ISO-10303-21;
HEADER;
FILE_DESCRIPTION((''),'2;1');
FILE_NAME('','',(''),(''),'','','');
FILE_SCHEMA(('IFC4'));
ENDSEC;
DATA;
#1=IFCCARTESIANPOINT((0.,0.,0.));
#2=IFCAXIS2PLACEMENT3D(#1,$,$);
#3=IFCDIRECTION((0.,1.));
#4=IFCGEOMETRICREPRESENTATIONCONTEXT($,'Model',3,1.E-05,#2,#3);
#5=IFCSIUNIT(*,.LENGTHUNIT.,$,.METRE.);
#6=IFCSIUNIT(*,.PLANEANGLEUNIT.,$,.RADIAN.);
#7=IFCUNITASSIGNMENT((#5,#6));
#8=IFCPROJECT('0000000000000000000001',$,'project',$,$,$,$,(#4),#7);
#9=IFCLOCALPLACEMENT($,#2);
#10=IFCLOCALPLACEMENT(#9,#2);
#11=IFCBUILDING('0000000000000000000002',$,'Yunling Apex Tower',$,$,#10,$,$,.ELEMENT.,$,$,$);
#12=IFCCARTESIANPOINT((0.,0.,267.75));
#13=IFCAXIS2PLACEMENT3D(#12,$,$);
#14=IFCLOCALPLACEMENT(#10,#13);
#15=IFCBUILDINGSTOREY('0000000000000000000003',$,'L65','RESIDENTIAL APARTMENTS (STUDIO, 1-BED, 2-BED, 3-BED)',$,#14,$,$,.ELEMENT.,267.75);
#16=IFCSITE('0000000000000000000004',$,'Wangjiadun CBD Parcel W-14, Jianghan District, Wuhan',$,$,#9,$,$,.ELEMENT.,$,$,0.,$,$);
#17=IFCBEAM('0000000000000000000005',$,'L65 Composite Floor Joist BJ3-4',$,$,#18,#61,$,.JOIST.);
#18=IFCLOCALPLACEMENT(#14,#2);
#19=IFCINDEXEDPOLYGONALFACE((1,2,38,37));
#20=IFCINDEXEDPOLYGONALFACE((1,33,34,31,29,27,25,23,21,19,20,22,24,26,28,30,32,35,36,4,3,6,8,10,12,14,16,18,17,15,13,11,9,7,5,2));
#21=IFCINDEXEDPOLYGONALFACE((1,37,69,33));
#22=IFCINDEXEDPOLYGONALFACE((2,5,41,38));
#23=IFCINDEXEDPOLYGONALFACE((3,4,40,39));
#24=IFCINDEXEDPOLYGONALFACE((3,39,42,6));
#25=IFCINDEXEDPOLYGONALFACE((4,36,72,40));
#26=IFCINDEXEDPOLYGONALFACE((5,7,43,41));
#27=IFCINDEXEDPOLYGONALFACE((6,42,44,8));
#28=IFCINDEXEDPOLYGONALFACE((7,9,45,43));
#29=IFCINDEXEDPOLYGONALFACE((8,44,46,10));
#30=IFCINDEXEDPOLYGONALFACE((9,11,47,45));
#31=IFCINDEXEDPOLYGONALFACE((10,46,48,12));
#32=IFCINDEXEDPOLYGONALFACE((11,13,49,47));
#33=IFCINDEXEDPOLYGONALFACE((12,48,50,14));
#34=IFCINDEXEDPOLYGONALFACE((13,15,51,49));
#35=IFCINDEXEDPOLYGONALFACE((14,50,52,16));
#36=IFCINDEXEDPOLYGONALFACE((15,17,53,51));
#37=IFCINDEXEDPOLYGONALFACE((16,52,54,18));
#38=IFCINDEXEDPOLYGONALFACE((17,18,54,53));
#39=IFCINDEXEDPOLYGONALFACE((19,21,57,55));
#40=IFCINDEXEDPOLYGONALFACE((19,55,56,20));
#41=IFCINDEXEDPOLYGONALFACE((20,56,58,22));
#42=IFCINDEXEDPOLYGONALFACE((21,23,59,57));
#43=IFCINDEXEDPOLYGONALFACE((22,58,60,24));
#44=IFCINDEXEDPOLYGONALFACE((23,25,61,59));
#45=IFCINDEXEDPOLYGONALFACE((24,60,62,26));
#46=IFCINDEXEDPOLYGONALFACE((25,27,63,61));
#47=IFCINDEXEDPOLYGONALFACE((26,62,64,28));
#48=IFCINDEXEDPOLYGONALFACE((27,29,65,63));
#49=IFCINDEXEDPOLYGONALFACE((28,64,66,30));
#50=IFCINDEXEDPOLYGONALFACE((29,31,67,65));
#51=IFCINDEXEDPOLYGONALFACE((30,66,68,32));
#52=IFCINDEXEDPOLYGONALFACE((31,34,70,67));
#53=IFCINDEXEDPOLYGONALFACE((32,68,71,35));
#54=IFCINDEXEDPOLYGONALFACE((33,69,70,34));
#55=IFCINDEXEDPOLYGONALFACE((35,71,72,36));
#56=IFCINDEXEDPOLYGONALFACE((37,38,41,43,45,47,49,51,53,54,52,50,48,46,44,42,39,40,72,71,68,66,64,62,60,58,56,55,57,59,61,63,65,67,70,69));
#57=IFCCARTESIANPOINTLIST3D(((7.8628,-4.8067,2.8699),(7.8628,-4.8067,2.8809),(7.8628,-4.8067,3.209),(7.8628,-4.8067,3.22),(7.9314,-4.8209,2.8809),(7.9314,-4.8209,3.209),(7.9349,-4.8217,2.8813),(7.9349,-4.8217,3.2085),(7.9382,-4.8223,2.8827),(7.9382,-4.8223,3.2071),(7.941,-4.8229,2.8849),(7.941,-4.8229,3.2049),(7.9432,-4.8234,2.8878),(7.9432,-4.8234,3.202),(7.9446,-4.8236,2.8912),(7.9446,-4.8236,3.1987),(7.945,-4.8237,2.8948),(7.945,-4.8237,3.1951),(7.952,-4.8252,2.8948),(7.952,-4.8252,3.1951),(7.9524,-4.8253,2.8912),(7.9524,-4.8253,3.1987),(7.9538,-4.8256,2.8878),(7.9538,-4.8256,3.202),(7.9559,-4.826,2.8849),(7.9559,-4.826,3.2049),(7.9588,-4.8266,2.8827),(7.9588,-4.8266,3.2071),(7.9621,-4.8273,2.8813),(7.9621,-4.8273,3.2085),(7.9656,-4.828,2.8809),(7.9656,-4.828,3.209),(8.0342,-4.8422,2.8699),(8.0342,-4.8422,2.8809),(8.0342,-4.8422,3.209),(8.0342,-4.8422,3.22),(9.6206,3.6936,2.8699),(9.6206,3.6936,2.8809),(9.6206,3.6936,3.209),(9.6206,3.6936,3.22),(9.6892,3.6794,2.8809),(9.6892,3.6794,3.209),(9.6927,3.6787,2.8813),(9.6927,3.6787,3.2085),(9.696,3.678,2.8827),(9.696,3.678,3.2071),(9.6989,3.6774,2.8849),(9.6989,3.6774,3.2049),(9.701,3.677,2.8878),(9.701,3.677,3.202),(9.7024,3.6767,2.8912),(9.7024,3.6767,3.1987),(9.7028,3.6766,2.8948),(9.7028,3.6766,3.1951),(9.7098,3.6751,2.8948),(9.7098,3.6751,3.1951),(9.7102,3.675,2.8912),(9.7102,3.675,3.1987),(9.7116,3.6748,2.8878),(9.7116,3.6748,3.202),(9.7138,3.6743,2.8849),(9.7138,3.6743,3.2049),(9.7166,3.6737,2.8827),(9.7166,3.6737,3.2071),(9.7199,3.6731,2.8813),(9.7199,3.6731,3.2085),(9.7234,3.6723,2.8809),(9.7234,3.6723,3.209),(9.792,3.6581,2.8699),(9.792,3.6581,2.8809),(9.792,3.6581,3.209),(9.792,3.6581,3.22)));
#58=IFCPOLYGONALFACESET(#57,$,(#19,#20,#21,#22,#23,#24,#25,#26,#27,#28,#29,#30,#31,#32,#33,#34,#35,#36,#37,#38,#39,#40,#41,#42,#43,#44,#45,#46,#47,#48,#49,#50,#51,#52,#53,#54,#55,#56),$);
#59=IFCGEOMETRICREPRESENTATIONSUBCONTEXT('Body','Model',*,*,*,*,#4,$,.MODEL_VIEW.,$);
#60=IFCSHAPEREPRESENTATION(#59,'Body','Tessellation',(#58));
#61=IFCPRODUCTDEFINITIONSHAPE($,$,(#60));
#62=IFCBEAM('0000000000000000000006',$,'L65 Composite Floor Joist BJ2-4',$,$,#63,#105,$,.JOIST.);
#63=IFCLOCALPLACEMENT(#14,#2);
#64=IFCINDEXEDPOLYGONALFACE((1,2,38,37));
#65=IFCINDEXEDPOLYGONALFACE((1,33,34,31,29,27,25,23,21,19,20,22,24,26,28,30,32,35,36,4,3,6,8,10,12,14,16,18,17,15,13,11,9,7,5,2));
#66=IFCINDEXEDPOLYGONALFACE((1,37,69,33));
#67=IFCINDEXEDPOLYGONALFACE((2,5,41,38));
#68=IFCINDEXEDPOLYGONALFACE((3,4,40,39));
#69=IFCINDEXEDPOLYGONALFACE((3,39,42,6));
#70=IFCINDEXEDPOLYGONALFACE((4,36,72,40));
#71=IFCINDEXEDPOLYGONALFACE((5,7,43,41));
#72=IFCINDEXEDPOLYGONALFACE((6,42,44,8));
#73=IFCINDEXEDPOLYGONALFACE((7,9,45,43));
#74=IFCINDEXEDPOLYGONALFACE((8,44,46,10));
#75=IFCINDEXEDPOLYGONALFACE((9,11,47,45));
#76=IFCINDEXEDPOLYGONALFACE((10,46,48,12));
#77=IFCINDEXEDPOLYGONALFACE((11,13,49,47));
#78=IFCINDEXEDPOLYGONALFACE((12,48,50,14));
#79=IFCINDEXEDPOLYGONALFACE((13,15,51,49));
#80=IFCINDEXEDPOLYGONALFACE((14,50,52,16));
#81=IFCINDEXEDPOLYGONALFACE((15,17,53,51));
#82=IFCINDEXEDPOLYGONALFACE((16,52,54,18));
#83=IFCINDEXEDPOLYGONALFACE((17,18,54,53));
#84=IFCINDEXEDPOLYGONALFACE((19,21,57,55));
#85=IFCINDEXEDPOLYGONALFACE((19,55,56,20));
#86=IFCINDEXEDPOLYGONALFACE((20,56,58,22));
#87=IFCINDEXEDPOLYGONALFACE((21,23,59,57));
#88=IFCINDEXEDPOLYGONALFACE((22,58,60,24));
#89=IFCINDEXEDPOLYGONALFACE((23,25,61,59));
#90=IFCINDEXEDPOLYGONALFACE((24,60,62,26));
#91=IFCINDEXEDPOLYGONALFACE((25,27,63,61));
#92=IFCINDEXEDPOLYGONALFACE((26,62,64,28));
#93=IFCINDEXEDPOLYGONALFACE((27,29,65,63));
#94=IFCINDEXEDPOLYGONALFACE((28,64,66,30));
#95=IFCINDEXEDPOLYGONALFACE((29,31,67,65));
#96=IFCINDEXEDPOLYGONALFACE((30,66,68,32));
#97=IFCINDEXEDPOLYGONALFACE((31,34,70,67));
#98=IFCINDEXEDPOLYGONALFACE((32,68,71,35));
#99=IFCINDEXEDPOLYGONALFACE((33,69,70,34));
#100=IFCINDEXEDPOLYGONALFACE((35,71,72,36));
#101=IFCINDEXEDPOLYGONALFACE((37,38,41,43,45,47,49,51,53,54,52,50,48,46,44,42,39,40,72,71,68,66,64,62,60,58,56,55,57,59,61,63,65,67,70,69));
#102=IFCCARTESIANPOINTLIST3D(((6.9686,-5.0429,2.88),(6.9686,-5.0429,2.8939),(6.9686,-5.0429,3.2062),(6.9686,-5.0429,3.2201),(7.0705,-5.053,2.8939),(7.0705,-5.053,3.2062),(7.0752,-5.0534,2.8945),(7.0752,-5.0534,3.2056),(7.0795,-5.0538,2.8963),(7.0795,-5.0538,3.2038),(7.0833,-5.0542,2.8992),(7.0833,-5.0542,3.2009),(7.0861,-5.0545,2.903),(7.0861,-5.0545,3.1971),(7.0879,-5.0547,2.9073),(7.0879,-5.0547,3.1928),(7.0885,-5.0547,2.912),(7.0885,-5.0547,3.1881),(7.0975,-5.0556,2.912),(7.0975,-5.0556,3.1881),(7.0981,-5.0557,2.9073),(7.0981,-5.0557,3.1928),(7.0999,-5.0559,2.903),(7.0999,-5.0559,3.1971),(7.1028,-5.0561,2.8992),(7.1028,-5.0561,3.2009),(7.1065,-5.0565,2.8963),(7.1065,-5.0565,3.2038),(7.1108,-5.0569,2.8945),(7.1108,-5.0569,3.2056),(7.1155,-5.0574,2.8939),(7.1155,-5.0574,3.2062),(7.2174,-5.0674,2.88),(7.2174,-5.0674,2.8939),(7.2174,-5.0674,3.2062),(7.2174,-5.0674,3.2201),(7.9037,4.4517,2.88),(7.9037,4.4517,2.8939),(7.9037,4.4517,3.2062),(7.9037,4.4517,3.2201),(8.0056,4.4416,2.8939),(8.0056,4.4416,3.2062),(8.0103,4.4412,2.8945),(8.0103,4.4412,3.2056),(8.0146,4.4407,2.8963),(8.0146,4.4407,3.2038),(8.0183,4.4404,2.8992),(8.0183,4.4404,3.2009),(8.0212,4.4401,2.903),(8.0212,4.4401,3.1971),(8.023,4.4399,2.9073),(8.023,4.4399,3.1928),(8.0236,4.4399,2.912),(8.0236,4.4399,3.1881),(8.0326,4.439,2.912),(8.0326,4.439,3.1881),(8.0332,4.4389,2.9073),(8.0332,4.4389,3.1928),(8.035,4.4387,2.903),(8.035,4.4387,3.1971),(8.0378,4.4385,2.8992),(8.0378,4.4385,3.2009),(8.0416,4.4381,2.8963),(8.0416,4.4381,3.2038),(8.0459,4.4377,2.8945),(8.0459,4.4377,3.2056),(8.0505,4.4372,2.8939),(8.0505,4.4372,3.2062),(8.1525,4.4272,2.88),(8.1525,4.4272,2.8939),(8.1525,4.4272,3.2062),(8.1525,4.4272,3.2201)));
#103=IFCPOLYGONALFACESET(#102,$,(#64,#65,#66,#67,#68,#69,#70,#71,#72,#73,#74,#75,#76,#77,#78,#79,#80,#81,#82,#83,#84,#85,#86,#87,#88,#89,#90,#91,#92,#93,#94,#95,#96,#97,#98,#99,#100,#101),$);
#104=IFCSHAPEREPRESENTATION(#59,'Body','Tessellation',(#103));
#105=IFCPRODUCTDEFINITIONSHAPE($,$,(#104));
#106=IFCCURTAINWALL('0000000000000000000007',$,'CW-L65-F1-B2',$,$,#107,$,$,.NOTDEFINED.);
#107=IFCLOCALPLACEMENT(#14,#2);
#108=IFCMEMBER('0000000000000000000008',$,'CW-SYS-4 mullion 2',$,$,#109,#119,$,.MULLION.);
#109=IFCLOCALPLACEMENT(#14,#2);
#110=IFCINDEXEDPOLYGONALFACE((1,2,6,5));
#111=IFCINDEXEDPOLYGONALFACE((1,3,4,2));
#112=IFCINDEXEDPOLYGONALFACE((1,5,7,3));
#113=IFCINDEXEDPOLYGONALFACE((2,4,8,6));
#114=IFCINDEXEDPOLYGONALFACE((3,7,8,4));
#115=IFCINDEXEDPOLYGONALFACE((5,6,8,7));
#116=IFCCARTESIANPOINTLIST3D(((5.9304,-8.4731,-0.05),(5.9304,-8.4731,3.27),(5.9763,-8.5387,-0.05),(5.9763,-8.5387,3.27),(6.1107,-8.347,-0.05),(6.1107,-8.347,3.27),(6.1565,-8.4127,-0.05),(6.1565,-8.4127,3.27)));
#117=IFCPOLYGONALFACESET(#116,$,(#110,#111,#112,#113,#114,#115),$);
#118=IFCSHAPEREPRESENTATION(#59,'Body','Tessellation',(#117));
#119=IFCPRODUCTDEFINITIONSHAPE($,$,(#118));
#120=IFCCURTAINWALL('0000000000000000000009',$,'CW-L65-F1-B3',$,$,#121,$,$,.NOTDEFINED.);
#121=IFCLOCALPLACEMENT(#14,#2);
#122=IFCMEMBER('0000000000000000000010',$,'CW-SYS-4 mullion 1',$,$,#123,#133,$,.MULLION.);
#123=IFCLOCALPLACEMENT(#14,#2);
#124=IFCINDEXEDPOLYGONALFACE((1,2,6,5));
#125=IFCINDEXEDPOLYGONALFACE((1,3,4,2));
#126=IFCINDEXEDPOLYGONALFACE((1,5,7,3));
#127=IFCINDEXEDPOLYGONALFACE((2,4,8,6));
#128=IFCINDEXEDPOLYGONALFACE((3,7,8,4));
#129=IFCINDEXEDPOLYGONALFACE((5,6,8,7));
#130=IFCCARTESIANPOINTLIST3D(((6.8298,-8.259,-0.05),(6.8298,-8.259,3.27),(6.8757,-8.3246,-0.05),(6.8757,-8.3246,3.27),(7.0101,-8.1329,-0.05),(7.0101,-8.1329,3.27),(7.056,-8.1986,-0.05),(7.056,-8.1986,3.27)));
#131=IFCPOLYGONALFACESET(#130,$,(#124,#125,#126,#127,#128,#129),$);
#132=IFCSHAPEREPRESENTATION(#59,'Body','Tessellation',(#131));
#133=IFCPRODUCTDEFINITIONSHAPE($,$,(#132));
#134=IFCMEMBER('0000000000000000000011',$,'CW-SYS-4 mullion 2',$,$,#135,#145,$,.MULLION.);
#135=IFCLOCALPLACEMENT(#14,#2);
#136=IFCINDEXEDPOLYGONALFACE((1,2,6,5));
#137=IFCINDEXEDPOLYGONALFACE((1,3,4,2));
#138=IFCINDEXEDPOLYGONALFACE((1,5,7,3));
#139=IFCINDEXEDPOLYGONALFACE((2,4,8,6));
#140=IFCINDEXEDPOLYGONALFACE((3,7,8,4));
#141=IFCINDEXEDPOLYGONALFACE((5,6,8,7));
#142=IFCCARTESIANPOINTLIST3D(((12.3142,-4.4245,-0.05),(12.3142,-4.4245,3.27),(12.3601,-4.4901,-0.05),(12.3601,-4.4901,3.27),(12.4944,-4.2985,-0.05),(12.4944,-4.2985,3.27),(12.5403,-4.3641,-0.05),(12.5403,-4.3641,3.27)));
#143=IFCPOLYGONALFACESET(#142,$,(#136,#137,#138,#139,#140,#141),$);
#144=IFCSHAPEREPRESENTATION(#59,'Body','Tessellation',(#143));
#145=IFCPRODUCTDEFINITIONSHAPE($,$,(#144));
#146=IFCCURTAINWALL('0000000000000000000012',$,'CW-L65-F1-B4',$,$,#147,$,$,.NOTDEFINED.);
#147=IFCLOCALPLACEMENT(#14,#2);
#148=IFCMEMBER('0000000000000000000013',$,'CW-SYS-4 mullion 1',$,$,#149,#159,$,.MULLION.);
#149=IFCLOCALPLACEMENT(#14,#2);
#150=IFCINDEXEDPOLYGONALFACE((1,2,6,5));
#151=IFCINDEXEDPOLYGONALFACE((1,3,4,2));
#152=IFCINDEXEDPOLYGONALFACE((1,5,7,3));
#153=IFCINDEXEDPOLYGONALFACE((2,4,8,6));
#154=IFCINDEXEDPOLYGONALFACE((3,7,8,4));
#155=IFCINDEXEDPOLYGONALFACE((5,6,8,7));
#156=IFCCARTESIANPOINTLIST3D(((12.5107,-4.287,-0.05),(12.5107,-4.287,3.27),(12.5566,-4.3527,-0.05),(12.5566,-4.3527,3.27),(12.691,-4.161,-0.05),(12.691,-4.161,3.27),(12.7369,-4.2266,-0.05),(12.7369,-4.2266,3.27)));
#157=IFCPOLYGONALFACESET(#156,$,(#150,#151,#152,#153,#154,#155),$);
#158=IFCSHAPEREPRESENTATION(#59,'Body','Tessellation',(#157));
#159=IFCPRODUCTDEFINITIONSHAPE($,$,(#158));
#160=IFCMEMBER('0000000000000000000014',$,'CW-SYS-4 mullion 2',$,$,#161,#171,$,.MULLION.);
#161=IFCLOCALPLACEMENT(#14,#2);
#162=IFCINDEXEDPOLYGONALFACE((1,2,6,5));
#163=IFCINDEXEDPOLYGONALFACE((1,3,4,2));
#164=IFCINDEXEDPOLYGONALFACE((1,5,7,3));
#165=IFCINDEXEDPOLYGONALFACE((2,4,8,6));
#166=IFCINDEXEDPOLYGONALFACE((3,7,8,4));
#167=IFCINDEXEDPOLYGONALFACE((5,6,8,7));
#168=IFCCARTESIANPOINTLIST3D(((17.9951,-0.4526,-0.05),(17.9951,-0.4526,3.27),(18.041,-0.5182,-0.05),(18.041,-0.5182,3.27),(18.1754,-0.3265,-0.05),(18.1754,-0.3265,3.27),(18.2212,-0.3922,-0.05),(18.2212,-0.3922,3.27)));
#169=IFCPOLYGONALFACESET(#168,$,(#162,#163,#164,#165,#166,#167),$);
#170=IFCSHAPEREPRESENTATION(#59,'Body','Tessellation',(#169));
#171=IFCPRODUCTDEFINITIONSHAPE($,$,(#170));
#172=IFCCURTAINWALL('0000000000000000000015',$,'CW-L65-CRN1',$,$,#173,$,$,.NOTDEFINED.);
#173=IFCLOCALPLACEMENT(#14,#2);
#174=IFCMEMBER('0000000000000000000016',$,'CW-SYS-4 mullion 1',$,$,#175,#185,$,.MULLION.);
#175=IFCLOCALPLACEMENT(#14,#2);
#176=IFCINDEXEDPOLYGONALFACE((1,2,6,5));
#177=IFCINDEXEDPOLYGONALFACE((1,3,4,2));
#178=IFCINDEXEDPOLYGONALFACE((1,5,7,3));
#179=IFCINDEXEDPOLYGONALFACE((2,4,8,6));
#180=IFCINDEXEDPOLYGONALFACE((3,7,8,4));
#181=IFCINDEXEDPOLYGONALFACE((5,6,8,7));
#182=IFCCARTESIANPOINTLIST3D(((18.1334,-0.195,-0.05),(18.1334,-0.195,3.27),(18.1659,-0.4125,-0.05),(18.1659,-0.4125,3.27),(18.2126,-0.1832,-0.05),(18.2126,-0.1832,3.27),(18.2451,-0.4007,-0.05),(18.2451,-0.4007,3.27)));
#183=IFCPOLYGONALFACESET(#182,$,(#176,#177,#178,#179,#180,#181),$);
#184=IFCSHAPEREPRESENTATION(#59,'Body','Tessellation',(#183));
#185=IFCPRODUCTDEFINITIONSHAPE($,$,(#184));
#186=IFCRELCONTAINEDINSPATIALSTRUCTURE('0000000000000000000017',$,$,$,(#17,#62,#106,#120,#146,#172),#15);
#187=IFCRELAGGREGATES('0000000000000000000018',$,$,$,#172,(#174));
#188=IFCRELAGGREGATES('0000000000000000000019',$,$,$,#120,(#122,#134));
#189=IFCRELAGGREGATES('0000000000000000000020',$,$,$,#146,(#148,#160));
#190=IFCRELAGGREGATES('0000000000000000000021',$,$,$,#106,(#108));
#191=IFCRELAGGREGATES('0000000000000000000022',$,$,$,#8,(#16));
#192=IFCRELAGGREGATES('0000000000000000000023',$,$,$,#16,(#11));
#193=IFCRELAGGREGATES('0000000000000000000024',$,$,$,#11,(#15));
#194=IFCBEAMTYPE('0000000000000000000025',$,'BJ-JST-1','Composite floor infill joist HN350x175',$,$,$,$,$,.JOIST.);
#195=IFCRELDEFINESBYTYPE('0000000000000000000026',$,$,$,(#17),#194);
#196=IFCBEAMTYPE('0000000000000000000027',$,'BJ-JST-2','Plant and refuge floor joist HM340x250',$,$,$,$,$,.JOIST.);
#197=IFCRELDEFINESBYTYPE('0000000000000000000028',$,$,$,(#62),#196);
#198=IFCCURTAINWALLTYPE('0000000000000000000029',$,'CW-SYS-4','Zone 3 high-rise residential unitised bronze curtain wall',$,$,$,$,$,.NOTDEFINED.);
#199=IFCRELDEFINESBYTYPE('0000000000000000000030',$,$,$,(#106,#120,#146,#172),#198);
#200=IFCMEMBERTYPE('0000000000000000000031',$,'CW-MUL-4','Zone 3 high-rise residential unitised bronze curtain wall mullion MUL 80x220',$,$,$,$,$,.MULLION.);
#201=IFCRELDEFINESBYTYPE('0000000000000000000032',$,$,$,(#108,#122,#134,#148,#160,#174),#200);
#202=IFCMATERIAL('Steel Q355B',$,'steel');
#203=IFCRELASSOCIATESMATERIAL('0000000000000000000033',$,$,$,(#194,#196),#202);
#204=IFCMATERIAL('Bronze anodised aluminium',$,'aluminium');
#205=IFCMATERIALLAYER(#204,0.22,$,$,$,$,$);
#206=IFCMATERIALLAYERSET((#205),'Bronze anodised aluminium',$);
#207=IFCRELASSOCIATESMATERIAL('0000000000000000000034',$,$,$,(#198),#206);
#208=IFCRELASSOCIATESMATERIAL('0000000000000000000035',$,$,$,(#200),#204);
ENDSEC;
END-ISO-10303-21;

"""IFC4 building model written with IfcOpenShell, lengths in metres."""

from ifc_helpers import new_model, si_unit, direction, frame, origin, origin_2d, place, context, subcontext, project, spatial, rectangle, i_section, extrude, source, transform, mapped, material, layer, layer_set, material_profile, profile_set, type_object, element, aggregate, save


model = new_model("IFC4")

# Units and contexts
model_context = context("Model", 3, precision=1e-05, world=origin(), true_north=direction((0.0, 1.0)))
body_context = subcontext(model_context, "Body", "Model", "MODEL_VIEW")
ifc_project = project(units=[si_unit("LENGTHUNIT", "METRE"), si_unit("PLANEANGLEUNIT", "RADIAN")], contexts=[model_context])

# Site, building, storey
site_placement = place(None, origin())
site = spatial("IfcSite", under=ifc_project, at=site_placement, Name="Wangjiadun CBD Parcel W-14, Jianghan District, Wuhan", CompositionType="ELEMENT", RefElevation=0.0)
building_placement = place(site_placement, origin())
building = spatial("IfcBuilding", under=site, at=building_placement, Name="Yunling Apex Tower", CompositionType="ELEMENT")
storey_placement = place(building_placement, frame((0.0, 0.0, 267.75)))
storey = spatial("IfcBuildingStorey", under=building, at=storey_placement, Name="L65", Description="RESIDENTIAL APARTMENTS (STUDIO, 1-BED, 2-BED, 3-BED)", CompositionType="ELEMENT", Elevation=267.75)

# Shared definitions
ifc_material_1 = material(Name="Steel Q355B", Category="steel")

# Beams
ifc_material_profile_1 = material_profile(ifc_material_1, i_section(OverallWidth=0.175, OverallDepth=0.3501, WebThickness=0.0071, FlangeThickness=0.011, FilletRadius=0.0139, at=origin_2d()))
ifc_profile_set_1 = profile_set([ifc_material_profile_1], Name="Steel Q355B")
beam_type_1 = type_object("IfcBeamType", Name="BJ-JST-1", Description="Composite floor infill joist HN350x175", PredefinedType="JOIST", material=ifc_profile_set_1)
shared_shape_1 = source(origin(), body_context, "Body", "SweptSolid", [
    extrude(i_section(OverallWidth=0.175, OverallDepth=0.3501, WebThickness=0.0071, FlangeThickness=0.011, FilletRadius=0.0139, at=origin_2d()), origin(), (0.0, 0.0, 1.0), 8.6802),
])
beam_1_placement = place(storey_placement, frame((7.9485, -4.8245, 3.0449), z_axis=(0.202511, 0.97928, 0.0), x_axis=(-0.97928, 0.202511, 0.0)))
element("IfcBeam", 1, at=beam_1_placement, inside=storey, type_object=beam_type_1, Name="L65 Composite Floor Joist BJ3-4", PredefinedType="JOIST", context=body_context, shape_type="MappedRepresentation", body=[
    mapped(shared_shape_1, transform((0.0, 0.0, 0.0), scale=1.0)),
])
ifc_material_profile_2 = material_profile(ifc_material_1, i_section(OverallWidth=0.25, OverallDepth=0.3401, WebThickness=0.009, FlangeThickness=0.0139, FilletRadius=0.0181, at=origin_2d()))
ifc_profile_set_2 = profile_set([ifc_material_profile_2], Name="Steel Q355B")
beam_type_2 = type_object("IfcBeamType", Name="BJ-JST-2", Description="Plant and refuge floor joist HM340x250", PredefinedType="JOIST", material=ifc_profile_set_2)
shared_shape_2 = source(origin(), body_context, "Body", "SweptSolid", [
    extrude(i_section(OverallWidth=0.25, OverallDepth=0.3401, WebThickness=0.009, FlangeThickness=0.0139, FilletRadius=0.0181, at=origin_2d()), origin(), (0.0, 0.0, 1.0), 9.5405),
])
beam_2_placement = place(storey_placement, frame((7.093, -5.0552, 3.05), z_axis=(0.098009, 0.995186, 0.0), x_axis=(-0.995186, 0.098009, 0.0)))
element("IfcBeam", 2, at=beam_2_placement, inside=storey, type_object=beam_type_2, Name="L65 Composite Floor Joist BJ2-4", PredefinedType="JOIST", context=body_context, shape_type="MappedRepresentation", body=[
    mapped(shared_shape_2, transform((0.0, 0.0, 0.0), scale=1.0)),
])

# Curtain wall, member
ifc_material_2 = material(Name="Bronze anodised aluminium", Category="aluminium")
ifc_layer_1 = layer(ifc_material_2, 0.22)
ifc_layer_set_1 = layer_set([ifc_layer_1], Name="Bronze anodised aluminium")
curtain_wall_type = type_object("IfcCurtainWallType", Name="CW-SYS-4", Description="Zone 3 high-rise residential unitised bronze curtain wall", PredefinedType="NOTDEFINED", material=ifc_layer_set_1)
curtain_wall_1_placement = place(storey_placement, origin())
curtain_wall_1 = element("IfcCurtainWall", 3, at=curtain_wall_1_placement, inside=storey, type_object=curtain_wall_type, Name="CW-L65-F1-B2", PredefinedType="NOTDEFINED")
ifc_material_profile_3 = material_profile(ifc_material_2, rectangle(XDim=0.0801, YDim=0.22, at=origin_2d()))
ifc_profile_set_3 = profile_set([ifc_material_profile_3], Name="Bronze anodised aluminium")
member_type_1 = type_object("IfcMemberType", Name="CW-MUL-4", Description="Zone 3 high-rise residential unitised bronze curtain wall mullion MUL 80x220", PredefinedType="MULLION", material=ifc_profile_set_3)
shared_shape_3 = source(origin(), body_context, "Body", "SweptSolid", [
    extrude(rectangle(XDim=0.0801, YDim=0.22, at=origin_2d()), origin(), (0.0, 0.0, 1.0), 3.3201),
])
member_1_placement = place(storey_placement, frame((6.0435, -8.4429, -0.05), z_axis=(0.0, 0.0, 1.0), x_axis=(-0.572999, 0.819556, 0.0)))
member_1 = element("IfcMember", 4, at=member_1_placement, type_object=member_type_1, Name="CW-SYS-4 mullion 2", PredefinedType="MULLION", context=body_context, shape_type="MappedRepresentation", body=[
    mapped(shared_shape_3, transform((0.0, 0.0, 0.0), scale=1.0)),
])

# Curtain walls, members
curtain_wall_2_placement = place(storey_placement, origin())
curtain_wall_2 = element("IfcCurtainWall", 5, at=curtain_wall_2_placement, inside=storey, type_object=curtain_wall_type, Name="CW-L65-F1-B3", PredefinedType="NOTDEFINED")
member_2_placement = place(storey_placement, frame((6.9429, -8.2288, -0.05), z_axis=(0.0, 0.0, 1.0), x_axis=(-0.57301, 0.819548, 0.0)))
member_2 = element("IfcMember", 6, at=member_2_placement, type_object=member_type_1, Name="CW-SYS-4 mullion 1", PredefinedType="MULLION", context=body_context, shape_type="MappedRepresentation", body=[
    mapped(shared_shape_3, transform((0.0, 0.0, 0.0), scale=1.0)),
])
member_3_placement = place(storey_placement, frame((12.4272, -4.3943, -0.05), z_axis=(0.0, 0.0, 1.0), x_axis=(-0.57301, 0.819548, 0.0)))
member_3 = element("IfcMember", 7, at=member_3_placement, type_object=member_type_1, Name="CW-SYS-4 mullion 2", PredefinedType="MULLION", context=body_context, shape_type="MappedRepresentation", body=[
    mapped(shared_shape_3, transform((0.0, 0.0, 0.0), scale=1.0)),
])
curtain_wall_3_placement = place(storey_placement, origin())
curtain_wall_3 = element("IfcCurtainWall", 8, at=curtain_wall_3_placement, inside=storey, type_object=curtain_wall_type, Name="CW-L65-F1-B4", PredefinedType="NOTDEFINED")
member_4_placement = place(storey_placement, frame((12.6238, -4.2568, -0.05), z_axis=(0.0, 0.0, 1.0), x_axis=(-0.573, 0.819555, 0.0)))
member_4 = element("IfcMember", 9, at=member_4_placement, type_object=member_type_1, Name="CW-SYS-4 mullion 1", PredefinedType="MULLION", context=body_context, shape_type="MappedRepresentation", body=[
    mapped(shared_shape_3, transform((0.0, 0.0, 0.0), scale=1.0)),
])
member_5_placement = place(storey_placement, frame((18.1082, -0.4224, -0.05), z_axis=(0.0, 0.0, 1.0), x_axis=(-0.573, 0.819555, 0.0)))
member_5 = element("IfcMember", 10, at=member_5_placement, type_object=member_type_1, Name="CW-SYS-4 mullion 2", PredefinedType="MULLION", context=body_context, shape_type="MappedRepresentation", body=[
    mapped(shared_shape_3, transform((0.0, 0.0, 0.0), scale=1.0)),
])

# Curtain wall, member
curtain_wall_4_placement = place(storey_placement, origin())
curtain_wall_4 = element("IfcCurtainWall", 11, at=curtain_wall_4_placement, inside=storey, type_object=curtain_wall_type, Name="CW-L65-CRN1", PredefinedType="NOTDEFINED")
member_6_placement = place(storey_placement, frame((18.1892, -0.2979, -0.05), z_axis=(0.0, 0.0, 1.0), x_axis=(-0.989017, -0.147803, 0.0)))
member_6 = element("IfcMember", 12, at=member_6_placement, type_object=member_type_1, Name="CW-SYS-4 mullion 1", PredefinedType="MULLION", context=body_context, shape_type="MappedRepresentation", body=[
    mapped(shared_shape_3, transform((0.0, 0.0, 0.0), scale=1.0)),
])

aggregate(curtain_wall_4, [member_6])

aggregate(curtain_wall_2, [member_2, member_3])
aggregate(curtain_wall_3, [member_4, member_5])
aggregate(curtain_wall_1, [member_1])

save(model, "model.ifc")
